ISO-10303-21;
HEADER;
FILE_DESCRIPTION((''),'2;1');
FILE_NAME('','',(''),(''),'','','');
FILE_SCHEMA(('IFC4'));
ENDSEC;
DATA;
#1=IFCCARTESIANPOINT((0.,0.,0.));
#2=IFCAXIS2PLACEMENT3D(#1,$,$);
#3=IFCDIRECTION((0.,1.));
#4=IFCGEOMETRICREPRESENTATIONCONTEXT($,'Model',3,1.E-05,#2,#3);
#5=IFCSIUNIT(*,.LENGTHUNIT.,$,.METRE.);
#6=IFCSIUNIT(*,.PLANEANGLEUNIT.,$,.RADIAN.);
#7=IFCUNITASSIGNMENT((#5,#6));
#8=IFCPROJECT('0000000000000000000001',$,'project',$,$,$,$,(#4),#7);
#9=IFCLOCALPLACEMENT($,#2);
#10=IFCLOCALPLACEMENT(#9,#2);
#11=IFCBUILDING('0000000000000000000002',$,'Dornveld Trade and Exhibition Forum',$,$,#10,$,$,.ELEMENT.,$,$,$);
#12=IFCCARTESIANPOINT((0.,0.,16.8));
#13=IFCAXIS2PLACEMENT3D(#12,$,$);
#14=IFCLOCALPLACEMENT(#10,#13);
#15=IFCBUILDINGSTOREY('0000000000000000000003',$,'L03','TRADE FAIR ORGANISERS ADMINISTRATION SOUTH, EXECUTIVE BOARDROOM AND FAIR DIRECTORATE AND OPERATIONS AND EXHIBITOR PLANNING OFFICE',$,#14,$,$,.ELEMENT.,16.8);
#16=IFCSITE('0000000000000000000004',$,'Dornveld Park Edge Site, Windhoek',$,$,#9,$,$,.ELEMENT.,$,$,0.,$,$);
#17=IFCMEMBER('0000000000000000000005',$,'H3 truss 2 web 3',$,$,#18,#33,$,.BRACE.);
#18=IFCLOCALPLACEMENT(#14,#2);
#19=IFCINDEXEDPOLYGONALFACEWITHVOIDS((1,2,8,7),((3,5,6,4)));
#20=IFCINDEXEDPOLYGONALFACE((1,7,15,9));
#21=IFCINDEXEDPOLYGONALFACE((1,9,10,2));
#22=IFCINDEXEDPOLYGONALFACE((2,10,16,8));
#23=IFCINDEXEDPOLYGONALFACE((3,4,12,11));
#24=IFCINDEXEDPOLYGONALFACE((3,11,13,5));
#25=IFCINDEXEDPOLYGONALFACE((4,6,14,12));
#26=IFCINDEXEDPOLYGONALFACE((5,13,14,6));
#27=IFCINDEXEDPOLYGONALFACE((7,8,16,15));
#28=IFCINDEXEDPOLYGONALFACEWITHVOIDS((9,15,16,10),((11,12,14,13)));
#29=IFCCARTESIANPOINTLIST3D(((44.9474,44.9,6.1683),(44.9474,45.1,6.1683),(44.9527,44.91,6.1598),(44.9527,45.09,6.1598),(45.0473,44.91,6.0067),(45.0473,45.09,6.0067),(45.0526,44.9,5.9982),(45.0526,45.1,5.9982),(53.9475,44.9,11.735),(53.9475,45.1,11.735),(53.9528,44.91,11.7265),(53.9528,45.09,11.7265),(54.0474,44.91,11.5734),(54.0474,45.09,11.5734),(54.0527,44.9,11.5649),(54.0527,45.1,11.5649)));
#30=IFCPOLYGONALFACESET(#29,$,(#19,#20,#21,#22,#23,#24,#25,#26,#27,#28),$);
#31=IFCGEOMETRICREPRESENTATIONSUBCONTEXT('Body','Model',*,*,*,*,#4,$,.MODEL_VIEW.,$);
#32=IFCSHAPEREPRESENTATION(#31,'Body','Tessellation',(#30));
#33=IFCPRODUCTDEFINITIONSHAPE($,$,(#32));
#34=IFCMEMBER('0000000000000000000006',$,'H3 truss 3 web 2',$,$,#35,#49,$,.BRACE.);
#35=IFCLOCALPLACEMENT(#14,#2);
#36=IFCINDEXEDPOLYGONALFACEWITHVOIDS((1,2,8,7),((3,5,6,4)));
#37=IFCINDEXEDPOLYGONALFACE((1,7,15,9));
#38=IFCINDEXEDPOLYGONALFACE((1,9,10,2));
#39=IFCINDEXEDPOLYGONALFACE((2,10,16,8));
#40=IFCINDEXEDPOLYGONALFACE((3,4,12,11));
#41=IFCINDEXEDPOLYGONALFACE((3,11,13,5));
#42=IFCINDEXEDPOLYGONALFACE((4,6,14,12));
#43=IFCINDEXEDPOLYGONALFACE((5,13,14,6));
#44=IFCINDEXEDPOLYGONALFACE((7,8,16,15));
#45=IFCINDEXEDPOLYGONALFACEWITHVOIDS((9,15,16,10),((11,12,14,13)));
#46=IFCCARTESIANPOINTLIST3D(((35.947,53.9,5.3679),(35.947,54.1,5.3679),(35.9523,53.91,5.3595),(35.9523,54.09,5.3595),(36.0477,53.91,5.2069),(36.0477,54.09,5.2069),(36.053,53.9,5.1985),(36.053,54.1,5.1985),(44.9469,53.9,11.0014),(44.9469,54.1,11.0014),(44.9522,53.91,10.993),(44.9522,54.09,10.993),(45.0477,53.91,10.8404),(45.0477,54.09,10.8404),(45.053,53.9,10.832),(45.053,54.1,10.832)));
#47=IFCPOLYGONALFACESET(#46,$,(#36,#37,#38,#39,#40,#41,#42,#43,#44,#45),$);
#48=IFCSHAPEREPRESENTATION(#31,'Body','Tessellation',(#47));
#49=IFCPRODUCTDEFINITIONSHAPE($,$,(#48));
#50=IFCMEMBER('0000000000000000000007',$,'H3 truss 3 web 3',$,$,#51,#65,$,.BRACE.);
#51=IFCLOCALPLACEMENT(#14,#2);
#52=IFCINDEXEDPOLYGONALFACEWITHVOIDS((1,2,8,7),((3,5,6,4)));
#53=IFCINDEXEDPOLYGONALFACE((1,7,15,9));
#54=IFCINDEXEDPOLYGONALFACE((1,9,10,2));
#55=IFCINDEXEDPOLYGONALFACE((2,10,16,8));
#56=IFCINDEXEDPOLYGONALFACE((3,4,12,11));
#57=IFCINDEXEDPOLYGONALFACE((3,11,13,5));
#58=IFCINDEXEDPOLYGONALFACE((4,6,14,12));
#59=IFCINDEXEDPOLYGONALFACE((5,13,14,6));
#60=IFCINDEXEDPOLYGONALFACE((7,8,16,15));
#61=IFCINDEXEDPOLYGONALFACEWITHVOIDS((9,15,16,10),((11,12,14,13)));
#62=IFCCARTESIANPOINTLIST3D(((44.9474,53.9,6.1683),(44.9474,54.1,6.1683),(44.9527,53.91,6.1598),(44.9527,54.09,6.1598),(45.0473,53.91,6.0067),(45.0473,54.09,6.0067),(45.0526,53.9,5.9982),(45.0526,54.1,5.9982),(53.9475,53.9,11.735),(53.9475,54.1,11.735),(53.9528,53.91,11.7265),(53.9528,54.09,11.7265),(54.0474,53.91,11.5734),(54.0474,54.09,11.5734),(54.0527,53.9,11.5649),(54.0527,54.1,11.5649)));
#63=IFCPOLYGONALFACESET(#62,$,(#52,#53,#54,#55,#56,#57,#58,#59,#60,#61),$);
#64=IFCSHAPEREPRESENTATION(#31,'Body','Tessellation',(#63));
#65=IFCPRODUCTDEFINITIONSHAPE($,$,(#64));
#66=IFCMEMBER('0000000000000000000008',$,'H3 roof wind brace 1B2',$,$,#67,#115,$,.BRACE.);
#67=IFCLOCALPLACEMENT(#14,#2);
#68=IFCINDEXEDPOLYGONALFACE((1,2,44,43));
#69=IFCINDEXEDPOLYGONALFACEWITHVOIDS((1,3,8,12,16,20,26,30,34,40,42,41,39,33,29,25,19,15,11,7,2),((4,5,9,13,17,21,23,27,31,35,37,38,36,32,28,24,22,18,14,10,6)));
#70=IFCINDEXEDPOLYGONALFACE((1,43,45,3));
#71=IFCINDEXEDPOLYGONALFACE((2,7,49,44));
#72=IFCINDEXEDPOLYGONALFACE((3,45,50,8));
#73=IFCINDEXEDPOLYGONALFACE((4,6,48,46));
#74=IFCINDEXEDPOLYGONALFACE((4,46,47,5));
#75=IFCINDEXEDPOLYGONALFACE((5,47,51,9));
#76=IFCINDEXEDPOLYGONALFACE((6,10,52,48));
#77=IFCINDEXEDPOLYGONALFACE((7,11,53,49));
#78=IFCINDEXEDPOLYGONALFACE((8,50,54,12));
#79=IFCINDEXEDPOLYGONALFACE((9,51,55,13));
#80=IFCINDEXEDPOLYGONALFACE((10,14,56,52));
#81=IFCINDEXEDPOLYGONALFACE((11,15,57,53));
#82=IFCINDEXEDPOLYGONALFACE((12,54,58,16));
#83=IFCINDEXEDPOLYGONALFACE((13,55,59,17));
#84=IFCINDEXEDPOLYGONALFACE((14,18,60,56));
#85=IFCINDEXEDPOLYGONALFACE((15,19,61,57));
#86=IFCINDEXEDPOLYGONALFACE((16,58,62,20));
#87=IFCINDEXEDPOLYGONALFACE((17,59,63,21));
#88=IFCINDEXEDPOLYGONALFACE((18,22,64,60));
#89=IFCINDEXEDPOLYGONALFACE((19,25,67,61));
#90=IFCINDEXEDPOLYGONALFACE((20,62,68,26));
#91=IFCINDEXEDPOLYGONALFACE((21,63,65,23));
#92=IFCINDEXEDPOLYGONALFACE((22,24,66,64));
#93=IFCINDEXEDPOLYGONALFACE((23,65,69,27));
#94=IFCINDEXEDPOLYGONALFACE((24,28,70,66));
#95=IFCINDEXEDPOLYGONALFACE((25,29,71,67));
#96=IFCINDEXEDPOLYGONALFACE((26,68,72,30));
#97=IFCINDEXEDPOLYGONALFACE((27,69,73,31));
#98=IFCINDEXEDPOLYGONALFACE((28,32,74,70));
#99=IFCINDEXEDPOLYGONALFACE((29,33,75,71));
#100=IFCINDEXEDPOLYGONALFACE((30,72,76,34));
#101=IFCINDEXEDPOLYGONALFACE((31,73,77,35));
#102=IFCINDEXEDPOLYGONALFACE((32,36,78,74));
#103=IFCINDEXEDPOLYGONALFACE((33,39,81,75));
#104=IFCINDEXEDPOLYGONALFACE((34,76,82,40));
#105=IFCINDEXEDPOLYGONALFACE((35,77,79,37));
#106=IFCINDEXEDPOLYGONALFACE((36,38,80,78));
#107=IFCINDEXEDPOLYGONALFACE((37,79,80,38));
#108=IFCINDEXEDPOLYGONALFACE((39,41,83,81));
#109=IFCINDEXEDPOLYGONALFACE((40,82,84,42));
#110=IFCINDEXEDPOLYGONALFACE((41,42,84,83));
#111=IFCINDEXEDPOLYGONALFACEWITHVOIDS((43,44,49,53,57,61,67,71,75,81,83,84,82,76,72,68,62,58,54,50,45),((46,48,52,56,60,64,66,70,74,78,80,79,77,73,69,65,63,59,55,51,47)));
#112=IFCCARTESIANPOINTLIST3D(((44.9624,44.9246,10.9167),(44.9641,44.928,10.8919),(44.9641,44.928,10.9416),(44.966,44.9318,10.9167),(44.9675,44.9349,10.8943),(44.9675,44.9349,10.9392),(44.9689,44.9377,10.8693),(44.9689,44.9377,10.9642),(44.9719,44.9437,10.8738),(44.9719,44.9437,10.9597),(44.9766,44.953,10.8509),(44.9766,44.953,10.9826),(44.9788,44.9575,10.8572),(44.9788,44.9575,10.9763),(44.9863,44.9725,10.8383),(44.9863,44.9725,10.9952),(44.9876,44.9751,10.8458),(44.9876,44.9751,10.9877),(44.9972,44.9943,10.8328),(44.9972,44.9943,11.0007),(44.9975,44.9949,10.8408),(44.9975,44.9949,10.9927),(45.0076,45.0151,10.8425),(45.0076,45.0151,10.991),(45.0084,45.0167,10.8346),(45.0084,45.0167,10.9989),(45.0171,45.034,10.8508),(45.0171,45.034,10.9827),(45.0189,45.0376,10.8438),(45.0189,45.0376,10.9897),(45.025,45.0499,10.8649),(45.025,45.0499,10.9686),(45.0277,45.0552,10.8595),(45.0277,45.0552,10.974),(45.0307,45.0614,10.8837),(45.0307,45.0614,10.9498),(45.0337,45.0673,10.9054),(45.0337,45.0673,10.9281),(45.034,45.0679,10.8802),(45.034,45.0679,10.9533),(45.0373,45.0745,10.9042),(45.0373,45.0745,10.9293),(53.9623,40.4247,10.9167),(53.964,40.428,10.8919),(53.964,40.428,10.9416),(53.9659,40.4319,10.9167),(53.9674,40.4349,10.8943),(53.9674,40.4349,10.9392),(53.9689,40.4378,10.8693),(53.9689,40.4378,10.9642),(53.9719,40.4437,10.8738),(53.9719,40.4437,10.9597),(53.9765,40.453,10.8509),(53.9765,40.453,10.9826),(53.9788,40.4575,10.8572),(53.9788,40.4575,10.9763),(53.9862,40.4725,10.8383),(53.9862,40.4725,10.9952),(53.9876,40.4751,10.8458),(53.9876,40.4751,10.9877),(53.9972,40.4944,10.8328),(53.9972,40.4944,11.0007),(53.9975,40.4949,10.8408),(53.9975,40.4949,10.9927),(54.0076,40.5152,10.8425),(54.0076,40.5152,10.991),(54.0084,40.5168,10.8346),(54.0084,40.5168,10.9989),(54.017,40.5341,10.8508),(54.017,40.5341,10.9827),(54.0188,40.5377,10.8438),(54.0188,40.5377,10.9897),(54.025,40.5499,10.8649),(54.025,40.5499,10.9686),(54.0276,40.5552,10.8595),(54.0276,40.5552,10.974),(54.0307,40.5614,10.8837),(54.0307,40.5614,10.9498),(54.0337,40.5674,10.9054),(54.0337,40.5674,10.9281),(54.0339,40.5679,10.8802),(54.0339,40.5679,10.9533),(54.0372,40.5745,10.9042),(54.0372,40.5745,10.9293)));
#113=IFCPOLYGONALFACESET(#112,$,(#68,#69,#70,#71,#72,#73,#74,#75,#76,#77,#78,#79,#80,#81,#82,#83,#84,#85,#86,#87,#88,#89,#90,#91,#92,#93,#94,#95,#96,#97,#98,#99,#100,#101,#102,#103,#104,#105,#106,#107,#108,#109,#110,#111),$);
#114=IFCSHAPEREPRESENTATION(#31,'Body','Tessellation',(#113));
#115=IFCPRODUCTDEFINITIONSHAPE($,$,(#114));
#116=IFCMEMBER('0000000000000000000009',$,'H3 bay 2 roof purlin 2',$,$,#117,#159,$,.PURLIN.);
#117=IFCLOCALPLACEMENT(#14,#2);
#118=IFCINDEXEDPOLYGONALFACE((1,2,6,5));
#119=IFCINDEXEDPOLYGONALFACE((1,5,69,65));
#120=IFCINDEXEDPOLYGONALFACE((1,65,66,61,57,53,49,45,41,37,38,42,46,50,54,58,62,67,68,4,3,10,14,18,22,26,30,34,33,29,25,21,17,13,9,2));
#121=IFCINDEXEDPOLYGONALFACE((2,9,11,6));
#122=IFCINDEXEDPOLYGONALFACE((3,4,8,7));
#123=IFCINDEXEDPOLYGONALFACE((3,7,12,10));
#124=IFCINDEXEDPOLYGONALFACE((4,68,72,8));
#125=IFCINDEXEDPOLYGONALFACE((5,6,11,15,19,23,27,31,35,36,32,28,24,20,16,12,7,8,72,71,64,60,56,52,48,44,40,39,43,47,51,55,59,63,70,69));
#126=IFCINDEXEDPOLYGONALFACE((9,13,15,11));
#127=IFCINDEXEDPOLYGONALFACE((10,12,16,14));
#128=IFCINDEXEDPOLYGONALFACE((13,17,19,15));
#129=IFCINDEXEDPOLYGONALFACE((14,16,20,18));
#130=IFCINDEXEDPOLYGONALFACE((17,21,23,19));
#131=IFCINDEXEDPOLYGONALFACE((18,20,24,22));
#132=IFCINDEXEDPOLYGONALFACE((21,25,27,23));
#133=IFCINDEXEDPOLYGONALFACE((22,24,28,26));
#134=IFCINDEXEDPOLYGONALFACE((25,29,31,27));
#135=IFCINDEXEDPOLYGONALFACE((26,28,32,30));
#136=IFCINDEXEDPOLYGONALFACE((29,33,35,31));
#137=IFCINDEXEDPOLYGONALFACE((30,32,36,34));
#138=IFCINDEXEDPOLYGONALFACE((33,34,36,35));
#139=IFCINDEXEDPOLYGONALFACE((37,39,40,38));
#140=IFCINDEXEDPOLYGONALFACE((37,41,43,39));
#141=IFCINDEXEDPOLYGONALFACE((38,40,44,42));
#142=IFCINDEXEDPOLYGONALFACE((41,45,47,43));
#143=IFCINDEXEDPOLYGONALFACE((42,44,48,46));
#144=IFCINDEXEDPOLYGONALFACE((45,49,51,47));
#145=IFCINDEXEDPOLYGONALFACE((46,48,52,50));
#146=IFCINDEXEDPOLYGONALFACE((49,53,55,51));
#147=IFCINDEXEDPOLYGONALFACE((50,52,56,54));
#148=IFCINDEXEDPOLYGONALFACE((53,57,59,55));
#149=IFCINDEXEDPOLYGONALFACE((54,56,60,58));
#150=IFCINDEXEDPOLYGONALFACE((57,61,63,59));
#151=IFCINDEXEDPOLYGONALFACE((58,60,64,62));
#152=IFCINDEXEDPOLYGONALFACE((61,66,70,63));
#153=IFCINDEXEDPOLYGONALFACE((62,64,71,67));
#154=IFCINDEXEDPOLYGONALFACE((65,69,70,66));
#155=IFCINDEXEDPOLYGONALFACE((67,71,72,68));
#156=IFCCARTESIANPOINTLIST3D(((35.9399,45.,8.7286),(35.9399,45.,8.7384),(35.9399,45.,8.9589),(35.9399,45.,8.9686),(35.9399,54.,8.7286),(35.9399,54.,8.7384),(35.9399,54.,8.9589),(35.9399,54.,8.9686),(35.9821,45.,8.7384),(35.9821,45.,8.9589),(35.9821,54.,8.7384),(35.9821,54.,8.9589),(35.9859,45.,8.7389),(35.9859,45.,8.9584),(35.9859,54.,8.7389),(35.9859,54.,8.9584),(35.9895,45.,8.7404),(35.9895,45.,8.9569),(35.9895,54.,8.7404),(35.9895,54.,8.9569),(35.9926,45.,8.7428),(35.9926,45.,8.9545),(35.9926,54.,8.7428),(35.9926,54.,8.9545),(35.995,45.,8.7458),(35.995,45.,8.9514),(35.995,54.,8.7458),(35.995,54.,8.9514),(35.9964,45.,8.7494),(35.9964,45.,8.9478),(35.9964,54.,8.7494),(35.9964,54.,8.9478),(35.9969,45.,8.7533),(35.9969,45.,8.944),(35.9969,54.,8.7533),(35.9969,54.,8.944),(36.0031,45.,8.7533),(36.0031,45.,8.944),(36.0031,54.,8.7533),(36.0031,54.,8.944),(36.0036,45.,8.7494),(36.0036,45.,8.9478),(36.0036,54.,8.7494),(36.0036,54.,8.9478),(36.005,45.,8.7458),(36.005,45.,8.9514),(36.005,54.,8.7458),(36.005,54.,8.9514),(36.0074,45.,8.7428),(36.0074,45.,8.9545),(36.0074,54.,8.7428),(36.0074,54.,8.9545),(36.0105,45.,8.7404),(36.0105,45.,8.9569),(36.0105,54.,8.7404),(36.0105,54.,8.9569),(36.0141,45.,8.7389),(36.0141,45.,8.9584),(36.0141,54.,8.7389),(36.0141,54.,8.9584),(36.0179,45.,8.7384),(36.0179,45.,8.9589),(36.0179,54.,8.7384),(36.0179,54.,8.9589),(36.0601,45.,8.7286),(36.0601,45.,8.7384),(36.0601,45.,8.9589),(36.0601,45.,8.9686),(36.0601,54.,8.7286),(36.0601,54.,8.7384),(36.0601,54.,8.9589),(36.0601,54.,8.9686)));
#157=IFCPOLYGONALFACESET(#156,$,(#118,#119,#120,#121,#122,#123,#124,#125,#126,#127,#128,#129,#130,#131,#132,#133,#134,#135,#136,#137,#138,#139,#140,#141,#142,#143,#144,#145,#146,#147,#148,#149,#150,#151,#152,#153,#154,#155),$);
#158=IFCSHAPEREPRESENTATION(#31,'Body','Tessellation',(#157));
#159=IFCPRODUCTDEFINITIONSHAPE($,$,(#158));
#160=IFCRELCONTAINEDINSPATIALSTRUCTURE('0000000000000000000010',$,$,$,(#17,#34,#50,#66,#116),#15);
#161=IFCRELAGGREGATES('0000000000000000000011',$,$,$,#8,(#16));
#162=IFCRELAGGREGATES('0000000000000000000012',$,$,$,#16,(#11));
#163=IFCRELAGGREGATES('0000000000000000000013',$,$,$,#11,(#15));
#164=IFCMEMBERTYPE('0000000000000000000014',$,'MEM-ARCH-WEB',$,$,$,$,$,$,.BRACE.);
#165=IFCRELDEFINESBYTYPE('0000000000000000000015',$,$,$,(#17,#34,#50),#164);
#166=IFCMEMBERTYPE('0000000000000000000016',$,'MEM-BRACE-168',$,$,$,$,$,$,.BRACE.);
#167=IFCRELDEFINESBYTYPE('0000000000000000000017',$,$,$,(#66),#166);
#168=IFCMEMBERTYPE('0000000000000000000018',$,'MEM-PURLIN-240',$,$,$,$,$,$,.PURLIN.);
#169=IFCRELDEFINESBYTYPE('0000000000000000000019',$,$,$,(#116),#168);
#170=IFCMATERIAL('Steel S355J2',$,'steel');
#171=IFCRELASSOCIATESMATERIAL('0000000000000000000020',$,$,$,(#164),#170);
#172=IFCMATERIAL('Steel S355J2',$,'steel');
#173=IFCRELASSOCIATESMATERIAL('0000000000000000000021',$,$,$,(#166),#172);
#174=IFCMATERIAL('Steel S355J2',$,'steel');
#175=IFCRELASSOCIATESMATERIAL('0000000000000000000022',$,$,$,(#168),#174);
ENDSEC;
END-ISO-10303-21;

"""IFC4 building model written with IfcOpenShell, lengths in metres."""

from ifc_helpers import new_model, si_unit, direction, frame, origin, origin_2d, place, context, subcontext, project, spatial, hollow_rectangle, hollow_circle, i_section, extrude, material, material_profile, profile_set, type_object, element, save


model = new_model("IFC4")

# Units and contexts
model_context = context("Model", 3, precision=1e-05, world=origin(), true_north=direction((0.0, 1.0)))
body_context = subcontext(model_context, "Body", "Model", "MODEL_VIEW")
ifc_project = project(units=[si_unit("LENGTHUNIT", "METRE"), si_unit("PLANEANGLEUNIT", "RADIAN")], contexts=[model_context])

# Site, building, storey
site_placement = place(None, origin())
site = spatial("IfcSite", under=ifc_project, at=site_placement, Name="Dornveld Park Edge Site, Windhoek", CompositionType="ELEMENT", RefElevation=0.0)
building_placement = place(site_placement, origin())
building = spatial("IfcBuilding", under=site, at=building_placement, Name="Dornveld Trade and Exhibition Forum", CompositionType="ELEMENT")
storey_placement = place(building_placement, frame((0.0, 0.0, 16.8)))
storey = spatial("IfcBuildingStorey", under=building, at=storey_placement, Name="L03", Description="TRADE FAIR ORGANISERS ADMINISTRATION SOUTH, EXECUTIVE BOARDROOM AND FAIR DIRECTORATE AND OPERATIONS AND EXHIBITOR PLANNING OFFICE", CompositionType="ELEMENT", Elevation=16.8)

# Members
ifc_material_1 = material(Name="Steel S355J2", Category="steel")
ifc_material_profile_1 = material_profile(ifc_material_1, hollow_rectangle(XDim=0.2, YDim=0.2, WallThickness=0.01, at=origin_2d()), Name="SHS 200x200x10")
ifc_profile_set_1 = profile_set([ifc_material_profile_1], Name="Steel S355J2")
member_type_1 = type_object("IfcMemberType", Name="MEM-ARCH-WEB", PredefinedType="BRACE", material=ifc_profile_set_1)
member_1_placement = place(storey_placement, frame((45.0, 45.0, 6.0833), z_axis=(0.850467, 0.0, 0.526028), x_axis=(0.0, 1.0, 0.0)))
element("IfcMember", 1, at=member_1_placement, inside=storey, type_object=member_type_1, Name="H3 truss 2 web 3", PredefinedType="BRACE", context=body_context, shape_type="SweptSolid", body=[
    extrude(hollow_rectangle(XDim=0.2, YDim=0.2, WallThickness=0.01, at=origin_2d()), origin(), (0.0, 0.0, 1.0), 10.5825),
])
member_2_placement = place(storey_placement, frame((36.0, 54.0, 5.2832), z_axis=(0.847636, 0.0, 0.530578), x_axis=(0.0, 1.0, 0.0)))
element("IfcMember", 2, at=member_2_placement, inside=storey, type_object=member_type_1, Name="H3 truss 3 web 2", PredefinedType="BRACE", context=body_context, shape_type="SweptSolid", body=[
    extrude(hollow_rectangle(XDim=0.2, YDim=0.2, WallThickness=0.01, at=origin_2d()), origin(), (0.0, 0.0, 1.0), 10.6177),
])
member_3_placement = place(storey_placement, frame((45.0, 54.0, 6.0833), z_axis=(0.850467, 0.0, 0.526028), x_axis=(0.0, 1.0, 0.0)))
element("IfcMember", 3, at=member_3_placement, inside=storey, type_object=member_type_1, Name="H3 truss 3 web 3", PredefinedType="BRACE", context=body_context, shape_type="SweptSolid", body=[
    extrude(hollow_rectangle(XDim=0.2, YDim=0.2, WallThickness=0.01, at=origin_2d()), origin(), (0.0, 0.0, 1.0), 10.5825),
])
ifc_material_2 = material(Name="Steel S355J2", Category="steel")
ifc_material_profile_2 = material_profile(ifc_material_2, hollow_circle(Radius=0.0842, WallThickness=0.0081, at=origin_2d()), Name="CHS 168.3x8")
ifc_profile_set_2 = profile_set([ifc_material_profile_2], Name="Steel S355J2")
member_type_2 = type_object("IfcMemberType", Name="MEM-BRACE-168", PredefinedType="BRACE", material=ifc_profile_set_2)
member_4_placement = place(storey_placement, frame((54.0, 40.5, 10.9167), z_axis=(-0.894427, 0.447214, 0.0), x_axis=(-0.447214, -0.894427, 0.0)))
element("IfcMember", 4, at=member_4_placement, inside=storey, type_object=member_type_2, Name="H3 roof wind brace 1B2", PredefinedType="BRACE", context=body_context, shape_type="SweptSolid", body=[
    extrude(hollow_circle(Radius=0.0842, WallThickness=0.0081, at=origin_2d()), origin(), (0.0, 0.0, 1.0), 10.0623),
])
ifc_material_3 = material(Name="Steel S355J2", Category="steel")
ifc_material_profile_3 = material_profile(ifc_material_3, i_section(OverallWidth=0.1201, OverallDepth=0.24, WebThickness=0.0061, FlangeThickness=0.0098, FilletRadius=0.0149, at=origin_2d()), Name="IPE 240")
ifc_profile_set_3 = profile_set([ifc_material_profile_3], Name="Steel S355J2")
member_type_3 = type_object("IfcMemberType", Name="MEM-PURLIN-240", PredefinedType="PURLIN", material=ifc_profile_set_3)
for number, where, z_axis, x_axis, name in (
    (5, (36.0, 45.0, 8.8486), (0.0, 1.0, 0.0), (-1.0, 0.0, 0.0), "H3 bay 2 roof purlin 2"),
):
    element("IfcMember", number, at=place(storey_placement, frame(where, z_axis=z_axis, x_axis=x_axis)), inside=storey, type_object=member_type_3, Name=name, PredefinedType="PURLIN", context=body_context, shape_type="SweptSolid", body=[
        extrude(i_section(OverallWidth=0.1201, OverallDepth=0.24, WebThickness=0.0061, FlangeThickness=0.0098, FilletRadius=0.0149, at=origin_2d()), origin(), (0.0, 0.0, 1.0), 9.0),
    ])

save(model, "model.ifc")
